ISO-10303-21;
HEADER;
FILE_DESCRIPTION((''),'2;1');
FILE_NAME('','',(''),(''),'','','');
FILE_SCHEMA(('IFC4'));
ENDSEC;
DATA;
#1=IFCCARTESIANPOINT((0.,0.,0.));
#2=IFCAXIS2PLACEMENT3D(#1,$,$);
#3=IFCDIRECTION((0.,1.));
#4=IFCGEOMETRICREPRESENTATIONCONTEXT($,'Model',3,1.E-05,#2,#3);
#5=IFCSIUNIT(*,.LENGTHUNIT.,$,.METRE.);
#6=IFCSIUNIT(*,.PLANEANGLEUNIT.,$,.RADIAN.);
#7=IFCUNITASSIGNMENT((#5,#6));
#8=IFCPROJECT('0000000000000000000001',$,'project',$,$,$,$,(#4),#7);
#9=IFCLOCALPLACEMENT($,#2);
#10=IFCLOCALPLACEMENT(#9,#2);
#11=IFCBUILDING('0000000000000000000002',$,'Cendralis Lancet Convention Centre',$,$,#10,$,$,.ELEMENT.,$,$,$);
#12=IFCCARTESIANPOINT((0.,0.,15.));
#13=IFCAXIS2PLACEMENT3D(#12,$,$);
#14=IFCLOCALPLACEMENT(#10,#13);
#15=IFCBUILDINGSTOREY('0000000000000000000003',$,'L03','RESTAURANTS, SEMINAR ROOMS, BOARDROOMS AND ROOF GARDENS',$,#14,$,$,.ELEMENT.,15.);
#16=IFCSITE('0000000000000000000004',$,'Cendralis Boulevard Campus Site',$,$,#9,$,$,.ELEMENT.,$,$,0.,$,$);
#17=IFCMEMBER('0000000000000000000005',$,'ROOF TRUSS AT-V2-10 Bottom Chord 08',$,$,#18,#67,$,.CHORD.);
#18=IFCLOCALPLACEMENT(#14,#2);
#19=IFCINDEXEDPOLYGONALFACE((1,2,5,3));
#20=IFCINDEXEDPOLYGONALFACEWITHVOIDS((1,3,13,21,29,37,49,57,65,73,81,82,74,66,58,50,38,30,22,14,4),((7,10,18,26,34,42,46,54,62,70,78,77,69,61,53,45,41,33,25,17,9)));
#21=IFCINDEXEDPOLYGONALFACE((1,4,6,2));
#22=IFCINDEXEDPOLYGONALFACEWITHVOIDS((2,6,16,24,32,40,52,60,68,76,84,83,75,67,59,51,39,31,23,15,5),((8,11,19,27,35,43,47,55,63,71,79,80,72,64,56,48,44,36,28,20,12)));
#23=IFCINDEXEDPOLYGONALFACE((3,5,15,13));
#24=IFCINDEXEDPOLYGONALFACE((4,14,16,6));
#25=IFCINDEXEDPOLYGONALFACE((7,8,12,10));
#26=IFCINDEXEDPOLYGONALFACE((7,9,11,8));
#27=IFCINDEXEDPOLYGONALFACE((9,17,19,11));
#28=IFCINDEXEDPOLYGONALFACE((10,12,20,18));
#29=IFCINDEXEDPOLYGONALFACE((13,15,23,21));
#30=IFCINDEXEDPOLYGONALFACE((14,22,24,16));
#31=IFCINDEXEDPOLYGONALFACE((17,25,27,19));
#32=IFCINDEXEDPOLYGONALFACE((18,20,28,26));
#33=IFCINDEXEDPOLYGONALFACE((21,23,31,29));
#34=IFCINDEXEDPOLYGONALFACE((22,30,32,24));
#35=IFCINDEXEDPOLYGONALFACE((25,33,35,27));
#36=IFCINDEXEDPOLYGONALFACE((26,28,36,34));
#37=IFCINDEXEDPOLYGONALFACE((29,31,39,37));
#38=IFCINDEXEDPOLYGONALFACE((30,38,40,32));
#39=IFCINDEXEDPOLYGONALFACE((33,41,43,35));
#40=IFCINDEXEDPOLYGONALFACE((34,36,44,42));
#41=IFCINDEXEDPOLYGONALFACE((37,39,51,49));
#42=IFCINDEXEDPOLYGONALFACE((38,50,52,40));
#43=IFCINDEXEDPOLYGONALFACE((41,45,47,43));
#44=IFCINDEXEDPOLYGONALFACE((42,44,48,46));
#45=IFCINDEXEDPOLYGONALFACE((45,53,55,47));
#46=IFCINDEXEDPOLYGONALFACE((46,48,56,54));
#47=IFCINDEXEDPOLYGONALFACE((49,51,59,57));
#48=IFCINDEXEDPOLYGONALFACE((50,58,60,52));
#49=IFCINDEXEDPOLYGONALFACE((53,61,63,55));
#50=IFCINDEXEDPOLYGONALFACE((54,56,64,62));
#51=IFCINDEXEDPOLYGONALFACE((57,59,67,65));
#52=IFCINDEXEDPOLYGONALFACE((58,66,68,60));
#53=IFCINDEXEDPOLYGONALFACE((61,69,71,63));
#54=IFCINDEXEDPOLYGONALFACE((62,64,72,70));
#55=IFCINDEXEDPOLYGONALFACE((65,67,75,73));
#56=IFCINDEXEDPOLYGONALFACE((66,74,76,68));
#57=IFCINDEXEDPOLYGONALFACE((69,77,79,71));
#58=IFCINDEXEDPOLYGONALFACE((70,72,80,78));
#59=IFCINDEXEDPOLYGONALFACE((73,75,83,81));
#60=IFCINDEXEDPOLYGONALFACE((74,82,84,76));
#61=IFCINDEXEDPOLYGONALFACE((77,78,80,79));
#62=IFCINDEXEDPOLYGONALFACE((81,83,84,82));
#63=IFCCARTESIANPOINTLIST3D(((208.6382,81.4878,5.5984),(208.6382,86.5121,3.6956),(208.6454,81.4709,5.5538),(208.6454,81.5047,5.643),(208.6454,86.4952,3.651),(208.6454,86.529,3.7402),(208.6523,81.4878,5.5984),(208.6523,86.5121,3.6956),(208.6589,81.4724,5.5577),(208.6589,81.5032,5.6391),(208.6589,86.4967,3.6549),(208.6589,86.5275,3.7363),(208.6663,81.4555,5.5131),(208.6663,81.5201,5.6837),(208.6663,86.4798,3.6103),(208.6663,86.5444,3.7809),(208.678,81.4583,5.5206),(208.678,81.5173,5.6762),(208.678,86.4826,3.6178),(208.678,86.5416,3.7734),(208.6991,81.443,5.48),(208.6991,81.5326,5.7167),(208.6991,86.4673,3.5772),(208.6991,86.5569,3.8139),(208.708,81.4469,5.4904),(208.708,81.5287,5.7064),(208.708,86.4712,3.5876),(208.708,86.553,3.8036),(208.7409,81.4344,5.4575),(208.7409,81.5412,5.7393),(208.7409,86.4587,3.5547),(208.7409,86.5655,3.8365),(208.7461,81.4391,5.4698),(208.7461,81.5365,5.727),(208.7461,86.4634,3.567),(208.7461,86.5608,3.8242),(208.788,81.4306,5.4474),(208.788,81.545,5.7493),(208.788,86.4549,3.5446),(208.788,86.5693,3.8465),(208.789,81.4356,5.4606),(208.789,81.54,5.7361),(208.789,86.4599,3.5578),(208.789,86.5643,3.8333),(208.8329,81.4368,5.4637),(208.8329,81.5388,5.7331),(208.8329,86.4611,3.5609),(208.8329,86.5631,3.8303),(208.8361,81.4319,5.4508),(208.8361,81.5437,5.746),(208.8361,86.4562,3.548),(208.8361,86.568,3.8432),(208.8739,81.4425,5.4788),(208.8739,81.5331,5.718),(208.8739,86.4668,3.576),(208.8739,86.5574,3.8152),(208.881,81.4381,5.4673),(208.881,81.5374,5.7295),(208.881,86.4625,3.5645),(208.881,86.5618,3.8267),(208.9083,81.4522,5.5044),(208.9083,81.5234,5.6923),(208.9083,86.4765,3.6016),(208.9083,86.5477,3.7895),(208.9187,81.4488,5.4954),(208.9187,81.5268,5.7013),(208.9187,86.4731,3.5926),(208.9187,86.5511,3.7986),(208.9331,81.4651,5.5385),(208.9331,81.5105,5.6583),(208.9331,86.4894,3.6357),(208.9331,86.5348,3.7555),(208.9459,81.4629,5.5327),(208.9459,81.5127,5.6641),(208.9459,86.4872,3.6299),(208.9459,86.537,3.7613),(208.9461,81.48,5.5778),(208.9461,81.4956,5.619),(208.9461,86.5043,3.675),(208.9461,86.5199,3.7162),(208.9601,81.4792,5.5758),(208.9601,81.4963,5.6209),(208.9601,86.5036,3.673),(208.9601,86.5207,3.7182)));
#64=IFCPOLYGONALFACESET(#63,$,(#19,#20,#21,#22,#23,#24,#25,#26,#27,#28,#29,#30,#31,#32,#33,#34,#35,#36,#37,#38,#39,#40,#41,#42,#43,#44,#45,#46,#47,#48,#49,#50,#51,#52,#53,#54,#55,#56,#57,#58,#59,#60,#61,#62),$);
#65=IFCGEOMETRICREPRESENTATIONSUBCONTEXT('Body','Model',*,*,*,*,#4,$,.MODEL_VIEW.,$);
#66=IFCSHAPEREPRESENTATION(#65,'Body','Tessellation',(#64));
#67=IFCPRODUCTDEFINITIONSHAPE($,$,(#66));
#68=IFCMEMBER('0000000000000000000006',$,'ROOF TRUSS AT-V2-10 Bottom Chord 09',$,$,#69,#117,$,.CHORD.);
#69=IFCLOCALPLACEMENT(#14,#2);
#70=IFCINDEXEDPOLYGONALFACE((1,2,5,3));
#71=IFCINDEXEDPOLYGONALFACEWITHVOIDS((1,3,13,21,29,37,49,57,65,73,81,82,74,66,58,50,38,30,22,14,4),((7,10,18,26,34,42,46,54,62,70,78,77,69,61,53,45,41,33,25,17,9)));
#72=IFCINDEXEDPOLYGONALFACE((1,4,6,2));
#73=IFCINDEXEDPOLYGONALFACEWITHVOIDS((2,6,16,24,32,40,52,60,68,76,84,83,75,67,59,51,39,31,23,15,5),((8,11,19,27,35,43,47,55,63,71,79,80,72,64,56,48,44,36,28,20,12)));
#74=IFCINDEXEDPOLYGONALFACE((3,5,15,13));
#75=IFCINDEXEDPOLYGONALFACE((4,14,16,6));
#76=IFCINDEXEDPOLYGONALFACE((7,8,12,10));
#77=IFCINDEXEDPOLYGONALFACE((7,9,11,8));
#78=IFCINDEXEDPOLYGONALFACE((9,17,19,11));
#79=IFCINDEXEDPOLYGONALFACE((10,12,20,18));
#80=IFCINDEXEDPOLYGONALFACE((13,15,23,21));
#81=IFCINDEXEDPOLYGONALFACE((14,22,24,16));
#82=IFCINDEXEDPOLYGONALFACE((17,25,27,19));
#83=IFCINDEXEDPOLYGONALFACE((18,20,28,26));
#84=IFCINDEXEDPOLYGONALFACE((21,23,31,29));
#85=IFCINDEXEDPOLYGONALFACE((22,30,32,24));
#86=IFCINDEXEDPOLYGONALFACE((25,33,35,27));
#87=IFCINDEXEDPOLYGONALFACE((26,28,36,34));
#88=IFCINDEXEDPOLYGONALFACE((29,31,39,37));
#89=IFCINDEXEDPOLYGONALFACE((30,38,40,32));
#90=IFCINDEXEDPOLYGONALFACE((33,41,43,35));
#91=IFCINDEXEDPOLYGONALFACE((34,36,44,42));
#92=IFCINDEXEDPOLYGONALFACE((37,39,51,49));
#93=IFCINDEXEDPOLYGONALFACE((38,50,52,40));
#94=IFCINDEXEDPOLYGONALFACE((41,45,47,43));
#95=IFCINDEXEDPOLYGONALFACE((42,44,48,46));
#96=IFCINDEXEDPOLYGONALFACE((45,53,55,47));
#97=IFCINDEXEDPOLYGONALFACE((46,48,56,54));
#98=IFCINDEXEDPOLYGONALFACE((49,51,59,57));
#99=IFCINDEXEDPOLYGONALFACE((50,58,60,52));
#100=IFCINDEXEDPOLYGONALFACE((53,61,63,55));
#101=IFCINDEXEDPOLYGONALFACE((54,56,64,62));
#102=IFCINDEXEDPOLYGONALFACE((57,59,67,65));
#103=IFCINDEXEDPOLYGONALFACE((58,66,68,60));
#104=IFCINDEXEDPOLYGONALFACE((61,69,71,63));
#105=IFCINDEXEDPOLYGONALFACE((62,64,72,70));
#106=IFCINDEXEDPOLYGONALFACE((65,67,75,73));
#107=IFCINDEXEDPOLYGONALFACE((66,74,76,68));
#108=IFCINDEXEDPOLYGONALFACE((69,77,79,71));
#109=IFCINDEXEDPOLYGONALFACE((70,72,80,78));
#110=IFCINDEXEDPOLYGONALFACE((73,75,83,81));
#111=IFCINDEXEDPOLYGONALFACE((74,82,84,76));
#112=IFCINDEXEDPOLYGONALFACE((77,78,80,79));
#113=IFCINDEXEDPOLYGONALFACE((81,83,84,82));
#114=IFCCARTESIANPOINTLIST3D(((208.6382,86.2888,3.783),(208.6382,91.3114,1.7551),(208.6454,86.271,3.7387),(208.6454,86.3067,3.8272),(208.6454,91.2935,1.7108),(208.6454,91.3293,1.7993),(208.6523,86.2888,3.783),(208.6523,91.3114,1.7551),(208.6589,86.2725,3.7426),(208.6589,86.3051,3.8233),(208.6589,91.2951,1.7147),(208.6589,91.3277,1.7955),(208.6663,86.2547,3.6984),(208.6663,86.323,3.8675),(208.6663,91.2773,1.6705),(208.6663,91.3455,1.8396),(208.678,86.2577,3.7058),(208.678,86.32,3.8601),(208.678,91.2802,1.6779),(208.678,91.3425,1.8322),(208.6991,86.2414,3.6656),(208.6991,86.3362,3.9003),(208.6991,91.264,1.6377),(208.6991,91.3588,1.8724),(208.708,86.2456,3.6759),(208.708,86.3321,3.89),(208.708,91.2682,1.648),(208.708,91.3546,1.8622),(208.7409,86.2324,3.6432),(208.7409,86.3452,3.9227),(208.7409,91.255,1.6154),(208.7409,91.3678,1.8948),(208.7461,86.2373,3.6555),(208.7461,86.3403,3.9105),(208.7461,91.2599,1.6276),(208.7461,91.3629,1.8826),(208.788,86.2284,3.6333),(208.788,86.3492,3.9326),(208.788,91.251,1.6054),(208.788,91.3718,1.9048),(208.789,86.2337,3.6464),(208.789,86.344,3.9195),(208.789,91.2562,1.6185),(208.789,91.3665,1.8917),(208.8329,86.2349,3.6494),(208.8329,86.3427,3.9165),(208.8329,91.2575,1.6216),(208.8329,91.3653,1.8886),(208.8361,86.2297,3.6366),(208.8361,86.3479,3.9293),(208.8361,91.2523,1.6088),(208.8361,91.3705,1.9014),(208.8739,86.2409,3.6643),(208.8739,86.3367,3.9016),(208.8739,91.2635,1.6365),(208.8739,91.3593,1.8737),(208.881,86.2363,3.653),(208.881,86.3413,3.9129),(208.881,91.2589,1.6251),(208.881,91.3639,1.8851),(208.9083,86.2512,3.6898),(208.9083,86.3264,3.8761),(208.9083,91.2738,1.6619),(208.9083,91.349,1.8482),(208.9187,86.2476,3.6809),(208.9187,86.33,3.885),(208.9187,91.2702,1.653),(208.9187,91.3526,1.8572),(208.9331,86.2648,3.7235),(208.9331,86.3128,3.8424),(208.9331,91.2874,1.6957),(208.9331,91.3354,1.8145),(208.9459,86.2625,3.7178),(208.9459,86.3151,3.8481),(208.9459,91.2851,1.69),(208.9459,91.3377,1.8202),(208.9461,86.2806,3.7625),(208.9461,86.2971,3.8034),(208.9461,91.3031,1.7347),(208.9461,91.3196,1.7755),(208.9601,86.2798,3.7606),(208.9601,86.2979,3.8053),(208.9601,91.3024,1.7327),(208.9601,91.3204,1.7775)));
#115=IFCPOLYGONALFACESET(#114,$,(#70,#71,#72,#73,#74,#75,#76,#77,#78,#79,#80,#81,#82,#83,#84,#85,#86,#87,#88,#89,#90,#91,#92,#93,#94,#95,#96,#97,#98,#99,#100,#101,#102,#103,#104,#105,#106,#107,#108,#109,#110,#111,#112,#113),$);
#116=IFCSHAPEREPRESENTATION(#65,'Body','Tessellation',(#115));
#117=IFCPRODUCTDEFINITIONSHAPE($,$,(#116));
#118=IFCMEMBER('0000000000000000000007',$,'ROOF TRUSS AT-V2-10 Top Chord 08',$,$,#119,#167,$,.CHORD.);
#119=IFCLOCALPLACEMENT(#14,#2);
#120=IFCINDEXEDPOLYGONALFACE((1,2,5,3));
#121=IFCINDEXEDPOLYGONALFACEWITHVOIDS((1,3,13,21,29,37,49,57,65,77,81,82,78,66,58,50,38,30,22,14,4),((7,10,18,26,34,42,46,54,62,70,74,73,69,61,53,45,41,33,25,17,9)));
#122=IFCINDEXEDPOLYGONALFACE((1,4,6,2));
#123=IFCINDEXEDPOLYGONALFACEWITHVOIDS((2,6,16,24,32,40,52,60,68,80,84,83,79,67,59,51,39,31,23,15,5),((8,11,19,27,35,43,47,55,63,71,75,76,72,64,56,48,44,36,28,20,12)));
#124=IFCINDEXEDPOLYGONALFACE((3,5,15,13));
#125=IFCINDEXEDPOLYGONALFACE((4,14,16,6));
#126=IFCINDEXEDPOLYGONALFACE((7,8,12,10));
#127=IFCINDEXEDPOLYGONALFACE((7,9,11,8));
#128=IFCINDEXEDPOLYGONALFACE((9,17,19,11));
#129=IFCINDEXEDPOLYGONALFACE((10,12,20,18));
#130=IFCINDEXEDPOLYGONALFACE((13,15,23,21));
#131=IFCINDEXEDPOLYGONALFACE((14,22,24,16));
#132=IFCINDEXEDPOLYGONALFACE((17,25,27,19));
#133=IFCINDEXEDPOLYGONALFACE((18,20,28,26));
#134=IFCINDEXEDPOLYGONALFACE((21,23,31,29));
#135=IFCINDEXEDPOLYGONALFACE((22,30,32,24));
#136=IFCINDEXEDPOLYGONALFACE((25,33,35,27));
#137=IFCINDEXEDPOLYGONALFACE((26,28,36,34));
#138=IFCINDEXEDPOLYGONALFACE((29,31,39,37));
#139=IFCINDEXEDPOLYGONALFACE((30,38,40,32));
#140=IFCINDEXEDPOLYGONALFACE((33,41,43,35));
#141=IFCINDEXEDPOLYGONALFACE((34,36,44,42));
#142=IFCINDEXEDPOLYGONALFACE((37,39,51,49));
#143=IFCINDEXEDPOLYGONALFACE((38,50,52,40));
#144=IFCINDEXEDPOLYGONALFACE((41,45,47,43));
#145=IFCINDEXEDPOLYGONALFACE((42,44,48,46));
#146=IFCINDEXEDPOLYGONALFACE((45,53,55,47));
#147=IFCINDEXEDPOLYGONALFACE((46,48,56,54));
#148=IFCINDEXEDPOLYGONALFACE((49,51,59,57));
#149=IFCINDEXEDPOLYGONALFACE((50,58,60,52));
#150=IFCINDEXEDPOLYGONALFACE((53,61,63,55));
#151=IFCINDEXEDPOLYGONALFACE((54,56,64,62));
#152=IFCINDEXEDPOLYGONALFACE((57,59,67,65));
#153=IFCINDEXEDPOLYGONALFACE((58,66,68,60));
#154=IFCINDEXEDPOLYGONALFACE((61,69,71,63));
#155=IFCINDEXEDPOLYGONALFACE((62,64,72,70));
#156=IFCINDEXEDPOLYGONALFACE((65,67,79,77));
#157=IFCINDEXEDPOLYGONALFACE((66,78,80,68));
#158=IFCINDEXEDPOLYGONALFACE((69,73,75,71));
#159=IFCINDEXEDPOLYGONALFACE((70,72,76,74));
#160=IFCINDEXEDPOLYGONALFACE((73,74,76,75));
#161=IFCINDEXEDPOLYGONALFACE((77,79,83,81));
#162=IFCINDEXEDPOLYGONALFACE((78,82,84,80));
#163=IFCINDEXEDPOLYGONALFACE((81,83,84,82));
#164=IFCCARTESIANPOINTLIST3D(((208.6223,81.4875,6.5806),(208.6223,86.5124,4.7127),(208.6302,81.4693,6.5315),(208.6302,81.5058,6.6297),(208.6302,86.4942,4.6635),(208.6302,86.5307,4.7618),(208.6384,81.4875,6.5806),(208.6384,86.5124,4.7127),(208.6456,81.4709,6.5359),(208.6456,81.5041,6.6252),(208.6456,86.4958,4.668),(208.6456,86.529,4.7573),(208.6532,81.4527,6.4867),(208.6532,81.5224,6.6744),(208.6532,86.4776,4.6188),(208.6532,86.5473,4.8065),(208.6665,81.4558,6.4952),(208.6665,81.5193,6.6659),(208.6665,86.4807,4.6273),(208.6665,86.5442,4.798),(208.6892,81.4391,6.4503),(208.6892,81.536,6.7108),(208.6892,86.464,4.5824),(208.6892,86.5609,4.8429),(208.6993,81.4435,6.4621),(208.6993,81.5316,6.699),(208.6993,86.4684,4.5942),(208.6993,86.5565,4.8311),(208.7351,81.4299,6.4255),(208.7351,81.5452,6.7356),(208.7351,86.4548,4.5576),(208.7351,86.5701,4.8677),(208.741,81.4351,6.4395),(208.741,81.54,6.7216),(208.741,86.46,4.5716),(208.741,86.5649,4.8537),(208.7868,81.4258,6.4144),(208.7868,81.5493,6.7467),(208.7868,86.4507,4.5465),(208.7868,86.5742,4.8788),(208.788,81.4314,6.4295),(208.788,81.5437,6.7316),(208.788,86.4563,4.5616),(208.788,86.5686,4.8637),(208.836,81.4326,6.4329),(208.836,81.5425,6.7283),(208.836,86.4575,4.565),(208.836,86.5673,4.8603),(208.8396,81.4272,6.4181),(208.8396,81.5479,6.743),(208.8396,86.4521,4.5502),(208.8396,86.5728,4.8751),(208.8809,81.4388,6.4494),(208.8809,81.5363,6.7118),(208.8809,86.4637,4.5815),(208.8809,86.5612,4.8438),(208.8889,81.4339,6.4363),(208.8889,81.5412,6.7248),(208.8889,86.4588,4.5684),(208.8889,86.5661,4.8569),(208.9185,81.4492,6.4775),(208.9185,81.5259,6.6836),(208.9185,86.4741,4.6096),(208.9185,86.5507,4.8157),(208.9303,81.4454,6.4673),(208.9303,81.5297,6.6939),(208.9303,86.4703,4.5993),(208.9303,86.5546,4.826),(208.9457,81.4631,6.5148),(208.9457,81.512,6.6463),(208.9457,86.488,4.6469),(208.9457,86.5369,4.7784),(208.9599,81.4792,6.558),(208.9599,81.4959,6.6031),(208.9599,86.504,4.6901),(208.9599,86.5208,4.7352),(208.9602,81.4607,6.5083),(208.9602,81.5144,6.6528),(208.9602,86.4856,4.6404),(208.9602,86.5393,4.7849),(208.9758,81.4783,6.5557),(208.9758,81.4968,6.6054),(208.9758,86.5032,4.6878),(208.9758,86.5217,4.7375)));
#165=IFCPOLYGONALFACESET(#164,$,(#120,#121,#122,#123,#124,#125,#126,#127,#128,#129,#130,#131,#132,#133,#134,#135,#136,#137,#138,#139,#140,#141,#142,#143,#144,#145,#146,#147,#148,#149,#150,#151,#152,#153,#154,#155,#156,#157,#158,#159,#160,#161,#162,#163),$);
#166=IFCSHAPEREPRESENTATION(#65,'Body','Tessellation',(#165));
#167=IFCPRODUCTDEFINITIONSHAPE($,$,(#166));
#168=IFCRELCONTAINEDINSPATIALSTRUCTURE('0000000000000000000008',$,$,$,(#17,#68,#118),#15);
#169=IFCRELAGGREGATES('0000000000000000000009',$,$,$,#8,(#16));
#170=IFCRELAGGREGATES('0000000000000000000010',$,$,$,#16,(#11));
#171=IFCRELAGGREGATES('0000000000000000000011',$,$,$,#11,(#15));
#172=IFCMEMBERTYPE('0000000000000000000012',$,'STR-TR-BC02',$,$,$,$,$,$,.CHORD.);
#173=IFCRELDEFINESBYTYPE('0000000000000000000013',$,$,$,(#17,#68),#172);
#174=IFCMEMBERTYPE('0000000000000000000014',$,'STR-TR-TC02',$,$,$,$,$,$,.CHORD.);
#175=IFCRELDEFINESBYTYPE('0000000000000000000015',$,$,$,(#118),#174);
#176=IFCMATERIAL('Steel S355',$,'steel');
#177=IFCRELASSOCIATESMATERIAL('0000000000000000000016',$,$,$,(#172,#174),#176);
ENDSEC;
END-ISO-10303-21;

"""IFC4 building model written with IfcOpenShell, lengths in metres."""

from ifc_helpers import new_model, si_unit, direction, frame, origin, origin_2d, place, context, subcontext, project, spatial, hollow_circle, extrude, material, material_profile, profile_set, type_object, element, save


model = new_model("IFC4")

# Units and contexts
model_context = context("Model", 3, precision=1e-05, world=origin(), true_north=direction((0.0, 1.0)))
body_context = subcontext(model_context, "Body", "Model", "MODEL_VIEW")
ifc_project = project(units=[si_unit("LENGTHUNIT", "METRE"), si_unit("PLANEANGLEUNIT", "RADIAN")], contexts=[model_context])

# Site, building, storey
site_placement = place(None, origin())
site = spatial("IfcSite", under=ifc_project, at=site_placement, Name="Cendralis Boulevard Campus Site", CompositionType="ELEMENT", RefElevation=0.0)
building_placement = place(site_placement, origin())
building = spatial("IfcBuilding", under=site, at=building_placement, Name="Cendralis Lancet Convention Centre", CompositionType="ELEMENT")
storey_placement = place(building_placement, frame((0.0, 0.0, 15.0)))
storey = spatial("IfcBuildingStorey", under=building, at=storey_placement, Name="L03", Description="RESTAURANTS, SEMINAR ROOMS, BOARDROOMS AND ROOF GARDENS", CompositionType="ELEMENT", Elevation=15.0)

# Shared definitions
ifc_material_1 = material(Name="Steel S355", Category="steel")

# Members
ifc_material_profile_1 = material_profile(ifc_material_1, hollow_circle(Radius=0.1619, WallThickness=0.0142, at=origin_2d()), Name="CHS 323.9x14.2")
ifc_profile_set_1 = profile_set([ifc_material_profile_1], Name="Steel S355")
member_type_1 = type_object("IfcMemberType", Name="STR-TR-BC02", PredefinedType="CHORD", material=ifc_profile_set_1)
member_1_placement = place(storey_placement, frame((208.8, 81.4878, 5.5984), z_axis=(0.0, 0.935181, -0.354169), x_axis=(-1.0, 0.0, 0.0)))
element("IfcMember", 1, at=member_1_placement, inside=storey, type_object=member_type_1, Name="ROOF TRUSS AT-V2-10 Bottom Chord 08", PredefinedType="CHORD", context=body_context, shape_type="SweptSolid", body=[
    extrude(hollow_circle(Radius=0.1619, WallThickness=0.0142, at=origin_2d()), origin(), (0.0, 0.0, 1.0), 5.3726),
])
member_2_placement = place(storey_placement, frame((208.8, 86.2888, 3.783), z_axis=(0.0, 0.927272, -0.374389), x_axis=(-1.0, 0.0, 0.0)))
element("IfcMember", 2, at=member_2_placement, inside=storey, type_object=member_type_1, Name="ROOF TRUSS AT-V2-10 Bottom Chord 09", PredefinedType="CHORD", context=body_context, shape_type="SweptSolid", body=[
    extrude(hollow_circle(Radius=0.1619, WallThickness=0.0142, at=origin_2d()), origin(), (0.0, 0.0, 1.0), 5.4165),
])
ifc_material_profile_2 = material_profile(ifc_material_1, hollow_circle(Radius=0.1777, WallThickness=0.0161, at=origin_2d()), Name="CHS 355.6x16.0")
ifc_profile_set_2 = profile_set([ifc_material_profile_2], Name="Steel S355")
member_type_2 = type_object("IfcMemberType", Name="STR-TR-TC02", PredefinedType="CHORD", material=ifc_profile_set_2)
member_3_placement = place(storey_placement, frame((208.8, 81.4875, 6.5806), z_axis=(0.0, 0.937332, -0.348437), x_axis=(-1.0, 0.0, 0.0)))
element("IfcMember", 3, at=member_3_placement, inside=storey, type_object=member_type_2, Name="ROOF TRUSS AT-V2-10 Top Chord 08", PredefinedType="CHORD", context=body_context, shape_type="SweptSolid", body=[
    extrude(hollow_circle(Radius=0.1777, WallThickness=0.0161, at=origin_2d()), origin(), (0.0, 0.0, 1.0), 5.3608),
])

save(model, "model.ifc")
